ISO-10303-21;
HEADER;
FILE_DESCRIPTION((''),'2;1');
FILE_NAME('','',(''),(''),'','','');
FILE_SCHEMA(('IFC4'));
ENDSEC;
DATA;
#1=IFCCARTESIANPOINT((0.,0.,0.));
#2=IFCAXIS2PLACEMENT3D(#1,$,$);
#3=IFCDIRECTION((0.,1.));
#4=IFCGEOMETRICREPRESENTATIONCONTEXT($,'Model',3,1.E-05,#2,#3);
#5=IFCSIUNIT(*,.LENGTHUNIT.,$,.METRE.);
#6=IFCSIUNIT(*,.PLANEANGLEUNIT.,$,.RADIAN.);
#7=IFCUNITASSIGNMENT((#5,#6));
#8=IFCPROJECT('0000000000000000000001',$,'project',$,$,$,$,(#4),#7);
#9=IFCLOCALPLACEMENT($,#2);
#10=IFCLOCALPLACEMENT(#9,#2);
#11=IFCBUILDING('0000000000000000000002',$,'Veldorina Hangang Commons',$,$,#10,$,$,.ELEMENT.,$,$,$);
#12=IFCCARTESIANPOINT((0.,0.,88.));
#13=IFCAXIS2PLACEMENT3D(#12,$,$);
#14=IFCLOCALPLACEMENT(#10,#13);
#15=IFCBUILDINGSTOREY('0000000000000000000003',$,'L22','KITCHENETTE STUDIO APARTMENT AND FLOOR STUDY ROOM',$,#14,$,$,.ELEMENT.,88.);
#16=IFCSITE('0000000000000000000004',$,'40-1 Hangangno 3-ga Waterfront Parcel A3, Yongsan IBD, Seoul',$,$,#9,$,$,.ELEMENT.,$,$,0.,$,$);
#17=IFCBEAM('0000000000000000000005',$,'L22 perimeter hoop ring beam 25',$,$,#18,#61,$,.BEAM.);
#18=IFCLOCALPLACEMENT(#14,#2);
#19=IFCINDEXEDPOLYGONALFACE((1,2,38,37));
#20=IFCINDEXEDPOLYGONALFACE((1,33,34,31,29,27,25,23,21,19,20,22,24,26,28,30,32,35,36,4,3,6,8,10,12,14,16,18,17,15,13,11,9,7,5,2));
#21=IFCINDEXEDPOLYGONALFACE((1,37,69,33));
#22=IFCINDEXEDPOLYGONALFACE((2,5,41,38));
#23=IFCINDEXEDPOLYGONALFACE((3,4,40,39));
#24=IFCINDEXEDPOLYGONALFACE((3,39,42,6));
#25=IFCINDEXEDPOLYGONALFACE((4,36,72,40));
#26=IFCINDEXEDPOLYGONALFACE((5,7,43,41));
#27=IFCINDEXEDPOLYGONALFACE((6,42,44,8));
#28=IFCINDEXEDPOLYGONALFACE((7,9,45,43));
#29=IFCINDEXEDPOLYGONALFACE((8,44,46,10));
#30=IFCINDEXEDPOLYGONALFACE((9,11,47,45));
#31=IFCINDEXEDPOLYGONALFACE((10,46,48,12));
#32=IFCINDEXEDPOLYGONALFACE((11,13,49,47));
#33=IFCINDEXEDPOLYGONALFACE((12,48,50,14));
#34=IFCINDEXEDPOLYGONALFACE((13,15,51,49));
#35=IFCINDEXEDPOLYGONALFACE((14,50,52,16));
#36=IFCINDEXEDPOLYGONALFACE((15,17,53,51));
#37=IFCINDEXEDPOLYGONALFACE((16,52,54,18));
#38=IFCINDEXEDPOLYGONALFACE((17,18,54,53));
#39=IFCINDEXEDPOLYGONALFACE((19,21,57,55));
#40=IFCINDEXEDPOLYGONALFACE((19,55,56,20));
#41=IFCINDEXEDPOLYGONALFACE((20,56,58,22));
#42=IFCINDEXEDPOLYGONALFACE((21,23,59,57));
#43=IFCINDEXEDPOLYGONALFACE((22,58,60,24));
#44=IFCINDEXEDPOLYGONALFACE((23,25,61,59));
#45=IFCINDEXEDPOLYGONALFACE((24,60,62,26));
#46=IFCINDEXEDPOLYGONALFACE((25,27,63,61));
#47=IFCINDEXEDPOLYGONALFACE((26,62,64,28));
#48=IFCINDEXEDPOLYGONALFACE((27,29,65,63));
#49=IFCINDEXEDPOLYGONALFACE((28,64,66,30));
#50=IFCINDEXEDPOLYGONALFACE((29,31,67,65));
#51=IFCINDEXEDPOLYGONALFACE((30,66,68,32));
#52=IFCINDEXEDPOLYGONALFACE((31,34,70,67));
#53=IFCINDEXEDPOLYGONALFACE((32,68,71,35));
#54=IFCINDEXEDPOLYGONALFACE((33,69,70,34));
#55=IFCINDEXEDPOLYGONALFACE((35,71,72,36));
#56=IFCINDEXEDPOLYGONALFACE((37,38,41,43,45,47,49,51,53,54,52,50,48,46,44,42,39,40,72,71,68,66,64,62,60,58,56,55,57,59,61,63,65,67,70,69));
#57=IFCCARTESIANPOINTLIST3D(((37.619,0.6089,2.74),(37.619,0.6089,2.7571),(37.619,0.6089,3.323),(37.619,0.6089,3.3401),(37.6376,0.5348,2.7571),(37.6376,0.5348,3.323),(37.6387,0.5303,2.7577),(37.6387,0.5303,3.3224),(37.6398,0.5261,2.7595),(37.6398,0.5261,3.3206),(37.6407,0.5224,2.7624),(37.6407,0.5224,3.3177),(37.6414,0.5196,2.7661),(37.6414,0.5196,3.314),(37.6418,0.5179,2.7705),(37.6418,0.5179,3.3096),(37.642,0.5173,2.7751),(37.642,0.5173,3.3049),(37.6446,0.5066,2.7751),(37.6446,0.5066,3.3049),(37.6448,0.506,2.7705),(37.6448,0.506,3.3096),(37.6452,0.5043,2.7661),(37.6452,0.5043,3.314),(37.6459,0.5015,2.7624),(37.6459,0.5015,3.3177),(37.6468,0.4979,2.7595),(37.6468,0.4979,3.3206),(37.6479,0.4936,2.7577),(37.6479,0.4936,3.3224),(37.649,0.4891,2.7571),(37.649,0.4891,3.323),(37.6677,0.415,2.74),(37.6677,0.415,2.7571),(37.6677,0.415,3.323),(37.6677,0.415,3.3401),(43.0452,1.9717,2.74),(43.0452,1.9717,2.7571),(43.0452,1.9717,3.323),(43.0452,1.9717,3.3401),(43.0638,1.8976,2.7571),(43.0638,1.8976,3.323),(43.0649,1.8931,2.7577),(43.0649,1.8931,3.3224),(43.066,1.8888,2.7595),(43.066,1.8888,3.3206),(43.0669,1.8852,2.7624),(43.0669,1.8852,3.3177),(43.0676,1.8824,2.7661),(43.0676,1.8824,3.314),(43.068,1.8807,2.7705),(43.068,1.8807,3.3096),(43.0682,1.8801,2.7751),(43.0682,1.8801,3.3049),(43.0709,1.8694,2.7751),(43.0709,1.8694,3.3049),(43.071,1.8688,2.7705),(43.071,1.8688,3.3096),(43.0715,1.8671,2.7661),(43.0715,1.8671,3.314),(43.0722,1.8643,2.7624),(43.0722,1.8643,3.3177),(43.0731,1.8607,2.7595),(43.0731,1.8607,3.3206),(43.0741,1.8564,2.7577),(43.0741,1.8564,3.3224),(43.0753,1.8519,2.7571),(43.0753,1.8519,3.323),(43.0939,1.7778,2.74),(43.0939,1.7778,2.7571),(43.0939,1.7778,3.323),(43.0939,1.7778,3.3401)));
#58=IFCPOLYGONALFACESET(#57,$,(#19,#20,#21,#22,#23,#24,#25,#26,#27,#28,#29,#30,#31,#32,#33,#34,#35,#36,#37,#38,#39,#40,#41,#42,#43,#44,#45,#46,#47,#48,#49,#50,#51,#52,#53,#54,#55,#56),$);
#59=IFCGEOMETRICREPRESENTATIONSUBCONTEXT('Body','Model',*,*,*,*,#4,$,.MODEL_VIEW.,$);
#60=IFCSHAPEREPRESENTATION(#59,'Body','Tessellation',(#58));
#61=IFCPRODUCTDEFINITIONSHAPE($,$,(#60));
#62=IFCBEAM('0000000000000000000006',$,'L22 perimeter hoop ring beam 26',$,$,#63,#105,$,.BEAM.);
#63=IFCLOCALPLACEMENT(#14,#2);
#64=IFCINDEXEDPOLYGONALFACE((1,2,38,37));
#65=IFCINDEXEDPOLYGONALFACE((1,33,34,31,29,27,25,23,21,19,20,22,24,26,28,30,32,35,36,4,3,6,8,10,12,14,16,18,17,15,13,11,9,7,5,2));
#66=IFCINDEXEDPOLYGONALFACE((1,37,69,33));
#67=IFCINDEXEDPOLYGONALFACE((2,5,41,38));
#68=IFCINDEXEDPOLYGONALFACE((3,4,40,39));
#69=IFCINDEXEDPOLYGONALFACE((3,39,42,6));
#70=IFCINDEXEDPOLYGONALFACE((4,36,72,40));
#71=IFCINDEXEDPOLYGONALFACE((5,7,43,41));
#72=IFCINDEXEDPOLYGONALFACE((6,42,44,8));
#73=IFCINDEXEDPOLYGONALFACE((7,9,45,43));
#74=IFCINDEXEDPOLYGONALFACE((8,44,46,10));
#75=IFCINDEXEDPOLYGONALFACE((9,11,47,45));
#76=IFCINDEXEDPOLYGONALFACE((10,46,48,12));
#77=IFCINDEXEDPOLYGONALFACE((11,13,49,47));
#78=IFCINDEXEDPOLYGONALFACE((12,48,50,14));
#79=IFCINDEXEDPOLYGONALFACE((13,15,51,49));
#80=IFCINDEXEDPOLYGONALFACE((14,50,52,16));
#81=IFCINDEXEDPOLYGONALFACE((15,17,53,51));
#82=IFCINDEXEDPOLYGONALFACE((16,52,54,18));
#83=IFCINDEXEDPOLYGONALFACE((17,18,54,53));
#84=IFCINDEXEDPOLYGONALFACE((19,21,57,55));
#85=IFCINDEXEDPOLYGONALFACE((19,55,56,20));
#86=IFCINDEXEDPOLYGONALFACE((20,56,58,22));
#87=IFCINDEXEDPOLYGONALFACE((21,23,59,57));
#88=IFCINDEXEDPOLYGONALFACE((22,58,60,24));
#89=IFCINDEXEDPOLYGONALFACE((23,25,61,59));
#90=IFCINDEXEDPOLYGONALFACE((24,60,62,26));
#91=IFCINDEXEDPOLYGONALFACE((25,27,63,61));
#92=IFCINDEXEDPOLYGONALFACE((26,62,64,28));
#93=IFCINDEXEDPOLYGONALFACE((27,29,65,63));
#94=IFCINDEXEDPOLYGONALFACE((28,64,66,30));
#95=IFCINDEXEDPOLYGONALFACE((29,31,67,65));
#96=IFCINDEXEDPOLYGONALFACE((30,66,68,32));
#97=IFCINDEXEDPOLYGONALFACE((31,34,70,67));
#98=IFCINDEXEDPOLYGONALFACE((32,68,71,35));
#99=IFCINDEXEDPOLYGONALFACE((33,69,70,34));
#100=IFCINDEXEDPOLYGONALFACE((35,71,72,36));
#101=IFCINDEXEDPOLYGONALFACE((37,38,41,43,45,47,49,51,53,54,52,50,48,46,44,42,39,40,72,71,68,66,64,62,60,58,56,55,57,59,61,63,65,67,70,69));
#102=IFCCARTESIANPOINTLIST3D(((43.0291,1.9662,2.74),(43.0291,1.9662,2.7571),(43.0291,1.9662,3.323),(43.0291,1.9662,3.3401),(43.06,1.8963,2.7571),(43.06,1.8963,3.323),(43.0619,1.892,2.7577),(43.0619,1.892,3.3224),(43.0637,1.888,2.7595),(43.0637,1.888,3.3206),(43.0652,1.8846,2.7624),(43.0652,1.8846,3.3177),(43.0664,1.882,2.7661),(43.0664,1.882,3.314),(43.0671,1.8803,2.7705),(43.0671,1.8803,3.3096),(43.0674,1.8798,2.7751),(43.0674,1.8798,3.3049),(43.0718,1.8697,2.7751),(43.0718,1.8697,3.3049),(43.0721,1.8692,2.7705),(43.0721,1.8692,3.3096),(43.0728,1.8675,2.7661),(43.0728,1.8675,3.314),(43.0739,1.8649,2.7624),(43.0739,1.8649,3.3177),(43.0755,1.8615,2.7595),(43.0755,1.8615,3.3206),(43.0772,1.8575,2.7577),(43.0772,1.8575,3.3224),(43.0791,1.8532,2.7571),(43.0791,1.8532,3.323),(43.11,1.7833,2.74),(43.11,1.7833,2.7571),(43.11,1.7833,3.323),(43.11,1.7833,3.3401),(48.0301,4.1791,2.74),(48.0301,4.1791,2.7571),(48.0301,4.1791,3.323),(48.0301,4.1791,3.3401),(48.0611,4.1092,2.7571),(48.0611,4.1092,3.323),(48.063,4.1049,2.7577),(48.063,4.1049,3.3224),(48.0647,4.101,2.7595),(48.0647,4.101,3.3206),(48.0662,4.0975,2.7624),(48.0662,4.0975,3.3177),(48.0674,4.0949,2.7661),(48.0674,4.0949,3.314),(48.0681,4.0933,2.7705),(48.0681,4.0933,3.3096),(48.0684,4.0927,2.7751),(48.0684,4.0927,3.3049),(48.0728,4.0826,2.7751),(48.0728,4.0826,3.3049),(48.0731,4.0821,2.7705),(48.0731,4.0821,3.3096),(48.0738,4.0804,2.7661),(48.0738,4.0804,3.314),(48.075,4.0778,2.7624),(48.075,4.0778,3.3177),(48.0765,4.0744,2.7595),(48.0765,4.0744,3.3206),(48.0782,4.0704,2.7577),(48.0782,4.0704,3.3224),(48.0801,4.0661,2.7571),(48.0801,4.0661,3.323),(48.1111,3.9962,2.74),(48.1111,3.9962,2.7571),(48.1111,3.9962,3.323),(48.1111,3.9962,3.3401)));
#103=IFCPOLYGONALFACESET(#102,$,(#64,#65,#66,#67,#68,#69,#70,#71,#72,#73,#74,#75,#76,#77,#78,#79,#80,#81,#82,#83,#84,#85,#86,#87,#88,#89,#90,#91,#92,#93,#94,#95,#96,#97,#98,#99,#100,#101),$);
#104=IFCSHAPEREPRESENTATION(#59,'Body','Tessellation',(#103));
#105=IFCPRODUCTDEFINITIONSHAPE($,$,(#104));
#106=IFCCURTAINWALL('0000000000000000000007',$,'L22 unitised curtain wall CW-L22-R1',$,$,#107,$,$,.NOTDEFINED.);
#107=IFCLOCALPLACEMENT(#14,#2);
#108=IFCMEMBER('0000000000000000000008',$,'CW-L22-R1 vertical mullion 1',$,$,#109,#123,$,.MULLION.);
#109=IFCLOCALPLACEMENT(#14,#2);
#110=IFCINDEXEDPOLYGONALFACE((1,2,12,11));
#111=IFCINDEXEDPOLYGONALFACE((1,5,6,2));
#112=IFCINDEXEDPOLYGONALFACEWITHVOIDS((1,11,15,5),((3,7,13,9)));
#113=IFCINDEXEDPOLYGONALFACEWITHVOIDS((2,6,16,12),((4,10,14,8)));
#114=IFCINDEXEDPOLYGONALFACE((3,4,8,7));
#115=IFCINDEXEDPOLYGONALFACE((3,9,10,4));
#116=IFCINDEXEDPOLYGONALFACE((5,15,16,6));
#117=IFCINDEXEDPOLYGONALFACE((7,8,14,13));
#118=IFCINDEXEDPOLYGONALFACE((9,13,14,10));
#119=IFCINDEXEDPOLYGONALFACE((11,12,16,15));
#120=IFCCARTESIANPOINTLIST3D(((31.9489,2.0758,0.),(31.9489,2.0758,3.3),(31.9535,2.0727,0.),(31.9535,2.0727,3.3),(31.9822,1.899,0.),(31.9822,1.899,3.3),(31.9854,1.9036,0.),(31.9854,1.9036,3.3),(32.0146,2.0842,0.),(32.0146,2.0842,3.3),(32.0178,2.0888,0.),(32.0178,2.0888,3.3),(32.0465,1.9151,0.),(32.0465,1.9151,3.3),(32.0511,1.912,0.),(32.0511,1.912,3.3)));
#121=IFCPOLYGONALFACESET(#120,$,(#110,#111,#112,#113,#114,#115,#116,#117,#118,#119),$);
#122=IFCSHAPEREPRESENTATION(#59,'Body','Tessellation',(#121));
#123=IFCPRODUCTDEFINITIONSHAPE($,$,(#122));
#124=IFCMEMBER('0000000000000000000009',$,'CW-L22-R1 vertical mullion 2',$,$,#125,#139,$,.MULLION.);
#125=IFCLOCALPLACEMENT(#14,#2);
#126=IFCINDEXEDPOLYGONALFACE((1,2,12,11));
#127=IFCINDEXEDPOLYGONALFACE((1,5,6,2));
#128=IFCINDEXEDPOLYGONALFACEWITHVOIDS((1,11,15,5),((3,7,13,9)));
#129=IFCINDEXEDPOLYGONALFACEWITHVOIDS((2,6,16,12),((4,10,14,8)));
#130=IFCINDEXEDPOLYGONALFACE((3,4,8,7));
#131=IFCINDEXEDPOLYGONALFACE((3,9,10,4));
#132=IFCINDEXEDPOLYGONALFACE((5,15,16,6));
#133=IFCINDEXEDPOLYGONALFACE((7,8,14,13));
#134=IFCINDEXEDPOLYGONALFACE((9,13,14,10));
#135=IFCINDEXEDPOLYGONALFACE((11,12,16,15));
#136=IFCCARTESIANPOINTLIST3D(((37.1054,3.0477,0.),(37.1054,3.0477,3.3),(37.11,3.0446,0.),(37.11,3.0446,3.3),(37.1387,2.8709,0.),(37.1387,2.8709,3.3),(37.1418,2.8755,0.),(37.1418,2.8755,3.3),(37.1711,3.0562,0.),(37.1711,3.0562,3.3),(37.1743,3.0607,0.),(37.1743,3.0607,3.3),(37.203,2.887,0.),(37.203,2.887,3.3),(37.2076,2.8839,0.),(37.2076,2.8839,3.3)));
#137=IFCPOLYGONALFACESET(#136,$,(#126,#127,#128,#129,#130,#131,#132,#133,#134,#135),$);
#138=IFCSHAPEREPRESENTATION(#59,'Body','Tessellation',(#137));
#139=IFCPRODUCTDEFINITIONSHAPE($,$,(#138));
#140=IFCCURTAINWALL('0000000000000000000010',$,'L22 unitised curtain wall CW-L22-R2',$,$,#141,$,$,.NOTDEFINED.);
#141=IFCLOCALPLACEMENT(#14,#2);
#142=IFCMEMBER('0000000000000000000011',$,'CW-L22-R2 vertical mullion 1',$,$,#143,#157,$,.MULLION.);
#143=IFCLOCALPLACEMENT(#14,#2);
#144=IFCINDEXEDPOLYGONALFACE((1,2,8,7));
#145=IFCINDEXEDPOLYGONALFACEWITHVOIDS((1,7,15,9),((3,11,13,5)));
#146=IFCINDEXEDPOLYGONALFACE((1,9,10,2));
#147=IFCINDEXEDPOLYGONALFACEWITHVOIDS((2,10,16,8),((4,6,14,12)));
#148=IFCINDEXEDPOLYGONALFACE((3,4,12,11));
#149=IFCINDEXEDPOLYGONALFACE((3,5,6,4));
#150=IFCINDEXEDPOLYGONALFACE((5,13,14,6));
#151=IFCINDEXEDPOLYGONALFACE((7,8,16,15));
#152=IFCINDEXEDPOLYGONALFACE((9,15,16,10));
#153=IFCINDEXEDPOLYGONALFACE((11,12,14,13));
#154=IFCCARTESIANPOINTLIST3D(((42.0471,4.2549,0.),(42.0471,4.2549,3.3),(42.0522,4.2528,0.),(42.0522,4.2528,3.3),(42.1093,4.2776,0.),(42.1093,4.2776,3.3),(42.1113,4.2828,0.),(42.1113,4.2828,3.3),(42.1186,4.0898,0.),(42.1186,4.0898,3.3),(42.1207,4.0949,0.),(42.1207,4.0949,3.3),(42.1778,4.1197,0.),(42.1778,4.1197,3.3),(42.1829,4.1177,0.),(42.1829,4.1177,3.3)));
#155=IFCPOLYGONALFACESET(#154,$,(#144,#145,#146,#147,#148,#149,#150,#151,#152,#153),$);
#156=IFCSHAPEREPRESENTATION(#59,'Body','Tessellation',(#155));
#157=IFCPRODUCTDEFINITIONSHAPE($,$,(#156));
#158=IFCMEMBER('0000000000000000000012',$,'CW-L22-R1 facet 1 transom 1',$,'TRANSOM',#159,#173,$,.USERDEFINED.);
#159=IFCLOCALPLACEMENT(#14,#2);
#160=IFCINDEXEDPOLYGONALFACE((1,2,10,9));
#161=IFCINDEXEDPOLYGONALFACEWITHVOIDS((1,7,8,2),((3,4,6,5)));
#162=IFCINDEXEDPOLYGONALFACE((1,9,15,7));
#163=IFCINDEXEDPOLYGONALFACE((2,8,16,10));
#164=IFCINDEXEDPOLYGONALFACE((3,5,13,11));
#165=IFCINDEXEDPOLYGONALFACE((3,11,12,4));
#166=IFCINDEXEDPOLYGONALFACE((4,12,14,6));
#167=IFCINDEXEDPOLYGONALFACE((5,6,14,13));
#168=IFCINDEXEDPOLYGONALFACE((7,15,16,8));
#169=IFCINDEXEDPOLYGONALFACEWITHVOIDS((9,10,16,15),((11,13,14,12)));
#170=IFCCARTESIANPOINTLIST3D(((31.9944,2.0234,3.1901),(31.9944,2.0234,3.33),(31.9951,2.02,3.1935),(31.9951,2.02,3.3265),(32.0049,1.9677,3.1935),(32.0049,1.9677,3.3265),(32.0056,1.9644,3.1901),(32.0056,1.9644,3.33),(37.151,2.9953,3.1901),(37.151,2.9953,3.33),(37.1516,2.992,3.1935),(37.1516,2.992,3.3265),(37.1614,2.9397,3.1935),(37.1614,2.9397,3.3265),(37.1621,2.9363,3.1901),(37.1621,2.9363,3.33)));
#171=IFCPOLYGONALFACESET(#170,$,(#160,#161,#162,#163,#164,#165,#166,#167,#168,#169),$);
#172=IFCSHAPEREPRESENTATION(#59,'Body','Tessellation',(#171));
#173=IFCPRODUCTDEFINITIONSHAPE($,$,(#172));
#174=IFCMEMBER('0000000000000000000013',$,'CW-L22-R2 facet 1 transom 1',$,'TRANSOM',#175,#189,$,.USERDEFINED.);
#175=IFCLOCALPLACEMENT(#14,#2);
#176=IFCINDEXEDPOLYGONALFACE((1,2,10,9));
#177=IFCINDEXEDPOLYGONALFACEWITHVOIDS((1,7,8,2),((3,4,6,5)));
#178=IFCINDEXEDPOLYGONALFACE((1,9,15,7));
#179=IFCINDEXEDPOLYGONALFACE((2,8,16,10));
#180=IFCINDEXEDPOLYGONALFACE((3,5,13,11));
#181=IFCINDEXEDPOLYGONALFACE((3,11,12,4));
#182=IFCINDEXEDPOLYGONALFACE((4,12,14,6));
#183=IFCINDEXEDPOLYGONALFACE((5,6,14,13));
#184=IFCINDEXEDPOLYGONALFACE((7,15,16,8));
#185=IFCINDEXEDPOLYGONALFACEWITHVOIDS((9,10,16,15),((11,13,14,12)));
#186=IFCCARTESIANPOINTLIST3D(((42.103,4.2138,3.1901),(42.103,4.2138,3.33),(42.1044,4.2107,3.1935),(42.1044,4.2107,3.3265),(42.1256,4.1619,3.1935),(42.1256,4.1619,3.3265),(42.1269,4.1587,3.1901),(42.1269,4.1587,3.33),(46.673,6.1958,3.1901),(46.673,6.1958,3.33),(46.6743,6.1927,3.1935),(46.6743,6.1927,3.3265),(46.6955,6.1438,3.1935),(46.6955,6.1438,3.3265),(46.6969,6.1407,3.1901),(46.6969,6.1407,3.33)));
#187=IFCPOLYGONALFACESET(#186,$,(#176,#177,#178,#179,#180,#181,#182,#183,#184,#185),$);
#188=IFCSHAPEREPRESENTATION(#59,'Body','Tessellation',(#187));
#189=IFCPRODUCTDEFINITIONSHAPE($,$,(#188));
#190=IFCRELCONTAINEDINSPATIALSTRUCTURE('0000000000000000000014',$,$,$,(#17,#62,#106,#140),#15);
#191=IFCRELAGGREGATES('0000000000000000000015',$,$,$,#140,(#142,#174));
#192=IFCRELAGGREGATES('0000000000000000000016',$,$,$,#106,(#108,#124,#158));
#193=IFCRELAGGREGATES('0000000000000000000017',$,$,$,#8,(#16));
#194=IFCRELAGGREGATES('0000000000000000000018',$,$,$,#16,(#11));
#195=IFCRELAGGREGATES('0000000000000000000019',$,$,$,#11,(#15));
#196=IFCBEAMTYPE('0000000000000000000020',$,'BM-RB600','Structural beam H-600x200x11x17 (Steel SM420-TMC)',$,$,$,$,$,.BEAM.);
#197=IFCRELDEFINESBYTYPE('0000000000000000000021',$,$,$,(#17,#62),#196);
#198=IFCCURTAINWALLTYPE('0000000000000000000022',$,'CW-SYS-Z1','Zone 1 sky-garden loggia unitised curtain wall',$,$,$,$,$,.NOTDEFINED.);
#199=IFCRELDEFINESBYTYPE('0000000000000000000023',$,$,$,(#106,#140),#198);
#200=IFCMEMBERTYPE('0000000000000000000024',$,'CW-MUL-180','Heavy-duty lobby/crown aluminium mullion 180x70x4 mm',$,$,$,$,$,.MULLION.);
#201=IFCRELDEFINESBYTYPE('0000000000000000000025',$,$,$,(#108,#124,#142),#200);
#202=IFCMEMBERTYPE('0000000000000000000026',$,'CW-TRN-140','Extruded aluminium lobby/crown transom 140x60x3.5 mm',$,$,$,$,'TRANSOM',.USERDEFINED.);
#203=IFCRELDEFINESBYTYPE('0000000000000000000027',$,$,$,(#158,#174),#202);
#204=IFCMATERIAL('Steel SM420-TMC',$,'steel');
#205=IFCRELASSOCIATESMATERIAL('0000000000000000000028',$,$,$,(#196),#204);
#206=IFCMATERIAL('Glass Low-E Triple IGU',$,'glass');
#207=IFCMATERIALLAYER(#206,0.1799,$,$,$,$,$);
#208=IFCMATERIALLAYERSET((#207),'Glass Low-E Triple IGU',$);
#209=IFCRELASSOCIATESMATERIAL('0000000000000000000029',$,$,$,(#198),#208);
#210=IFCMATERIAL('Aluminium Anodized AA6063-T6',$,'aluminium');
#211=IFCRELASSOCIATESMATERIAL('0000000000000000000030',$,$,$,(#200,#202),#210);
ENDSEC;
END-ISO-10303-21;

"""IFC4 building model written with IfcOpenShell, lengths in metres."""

from ifc_helpers import new_model, si_unit, direction, frame, origin, origin_2d, place, context, subcontext, project, spatial, hollow_rectangle, i_section, extrude, material, layer, layer_set, material_profile, profile_set, type_object, element, aggregate, save


model = new_model("IFC4")

# Units and contexts
model_context = context("Model", 3, precision=1e-05, world=origin(), true_north=direction((0.0, 1.0)))
body_context = subcontext(model_context, "Body", "Model", "MODEL_VIEW")
ifc_project = project(units=[si_unit("LENGTHUNIT", "METRE"), si_unit("PLANEANGLEUNIT", "RADIAN")], contexts=[model_context])

# Site, building, storey
site_placement = place(None, origin())
site = spatial("IfcSite", under=ifc_project, at=site_placement, Name="40-1 Hangangno 3-ga Waterfront Parcel A3, Yongsan IBD, Seoul", CompositionType="ELEMENT", RefElevation=0.0)
building_placement = place(site_placement, origin())
building = spatial("IfcBuilding", under=site, at=building_placement, Name="Veldorina Hangang Commons", CompositionType="ELEMENT")
storey_placement = place(building_placement, frame((0.0, 0.0, 88.0)))
storey = spatial("IfcBuildingStorey", under=building, at=storey_placement, Name="L22", Description="KITCHENETTE STUDIO APARTMENT AND FLOOR STUDY ROOM", CompositionType="ELEMENT", Elevation=88.0)

# Beams
ifc_material_1 = material(Name="Steel SM420-TMC", Category="steel")
ifc_material_profile_1 = material_profile(ifc_material_1, i_section(OverallWidth=0.2, OverallDepth=0.6001, WebThickness=0.011, FlangeThickness=0.0171, FilletRadius=0.0181, at=origin_2d()), Name="H-600x200x11x17")
ifc_profile_set_1 = profile_set([ifc_material_profile_1], Name="Steel SM420-TMC")
beam_type = type_object("IfcBeamType", Name="BM-RB600", Description="Structural beam H-600x200x11x17 (Steel SM420-TMC)", PredefinedType="BEAM", material=ifc_profile_set_1)
beam_1_placement = place(storey_placement, frame((37.6433, 0.512, 3.04), z_axis=(0.96988, 0.243583, 0.0), x_axis=(-0.243583, 0.96988, 0.0)))
element("IfcBeam", 1, at=beam_1_placement, inside=storey, type_object=beam_type, Name="L22 perimeter hoop ring beam 25", PredefinedType="BEAM", context=body_context, shape_type="SweptSolid", body=[
    extrude(i_section(OverallWidth=0.2, OverallDepth=0.6001, WebThickness=0.011, FlangeThickness=0.0171, FilletRadius=0.0181, at=origin_2d()), origin(), (0.0, 0.0, 1.0), 5.5947),
])
beam_2_placement = place(storey_placement, frame((43.0696, 1.8748, 3.04), z_axis=(0.914473, 0.404647, 0.0), x_axis=(-0.404647, 0.914473, 0.0)))
element("IfcBeam", 2, at=beam_2_placement, inside=storey, type_object=beam_type, Name="L22 perimeter hoop ring beam 26", PredefinedType="BEAM", context=body_context, shape_type="SweptSolid", body=[
    extrude(i_section(OverallWidth=0.2, OverallDepth=0.6001, WebThickness=0.011, FlangeThickness=0.0171, FilletRadius=0.0181, at=origin_2d()), origin(), (0.0, 0.0, 1.0), 5.4688),
])

# Curtain wall, members
ifc_material_2 = material(Name="Glass Low-E Triple IGU", Category="glass")
ifc_layer_1 = layer(ifc_material_2, 0.1799)
ifc_layer_set_1 = layer_set([ifc_layer_1], Name="Glass Low-E Triple IGU")
curtain_wall_type = type_object("IfcCurtainWallType", Name="CW-SYS-Z1", Description="Zone 1 sky-garden loggia unitised curtain wall", PredefinedType="NOTDEFINED", material=ifc_layer_set_1)
curtain_wall_1_placement = place(storey_placement, origin())
curtain_wall_1 = element("IfcCurtainWall", 3, at=curtain_wall_1_placement, inside=storey, type_object=curtain_wall_type, Name="L22 unitised curtain wall CW-L22-R1", PredefinedType="NOTDEFINED")
ifc_material_3 = material(Name="Aluminium Anodized AA6063-T6", Category="aluminium")
ifc_material_profile_2 = material_profile(ifc_material_3, hollow_rectangle(XDim=0.0701, YDim=0.1799, WallThickness=0.0039, at=origin_2d()), Name="ALU-RHS-180x70x4")
ifc_profile_set_2 = profile_set([ifc_material_profile_2], Name="Aluminium Anodized AA6063-T6")
member_type_1 = type_object("IfcMemberType", Name="CW-MUL-180", Description="Heavy-duty lobby/crown aluminium mullion 180x70x4 mm", PredefinedType="MULLION", material=ifc_profile_set_2)
member_1_placement = place(storey_placement, frame((32.0, 1.9939, 0.0), z_axis=(0.0, 0.0, 1.0), x_axis=(0.98269, 0.185255, 0.0)))
member_1 = element("IfcMember", 4, at=member_1_placement, type_object=member_type_1, Name="CW-L22-R1 vertical mullion 1", PredefinedType="MULLION", context=body_context, shape_type="SweptSolid", body=[
    extrude(hollow_rectangle(XDim=0.0701, YDim=0.1799, WallThickness=0.0039, at=origin_2d()), origin(), (0.0, 0.0, 1.0), 3.3),
])
member_2_placement = place(storey_placement, frame((37.1565, 2.9658, 0.0), z_axis=(0.0, 0.0, 1.0), x_axis=(-0.98269, -0.185255, 0.0)))
member_2 = element("IfcMember", 5, at=member_2_placement, type_object=member_type_1, Name="CW-L22-R1 vertical mullion 2", PredefinedType="MULLION", context=body_context, shape_type="SweptSolid", body=[
    extrude(hollow_rectangle(XDim=0.0701, YDim=0.1799, WallThickness=0.0039, at=origin_2d()), origin(), (0.0, 0.0, 1.0), 3.3),
])

# Curtain wall, member
curtain_wall_2_placement = place(storey_placement, origin())
curtain_wall_2 = element("IfcCurtainWall", 6, at=curtain_wall_2_placement, inside=storey, type_object=curtain_wall_type, Name="L22 unitised curtain wall CW-L22-R2", PredefinedType="NOTDEFINED")
member_3_placement = place(storey_placement, frame((42.115, 4.1863, 0.0), z_axis=(0.0, 0.0, 1.0), x_axis=(0.917435, 0.397885, 0.0)))
member_3 = element("IfcMember", 7, at=member_3_placement, type_object=member_type_1, Name="CW-L22-R2 vertical mullion 1", PredefinedType="MULLION", context=body_context, shape_type="SweptSolid", body=[
    extrude(hollow_rectangle(XDim=0.0701, YDim=0.1799, WallThickness=0.0039, at=origin_2d()), origin(), (0.0, 0.0, 1.0), 3.3),
])

# Members
ifc_material_profile_3 = material_profile(ifc_material_3, hollow_rectangle(XDim=0.0601, YDim=0.1399, WallThickness=0.0034, at=origin_2d()), Name="ALU-RHS-140x60x3.5")
ifc_profile_set_3 = profile_set([ifc_material_profile_3], Name="Aluminium Anodized AA6063-T6")
member_type_2 = type_object("IfcMemberType", Name="CW-TRN-140", Description="Extruded aluminium lobby/crown transom 140x60x3.5 mm", ElementType="TRANSOM", PredefinedType="USERDEFINED", material=ifc_profile_set_3)
member_4_placement = place(storey_placement, frame((32.0, 1.9939, 3.26), z_axis=(0.982696, 0.185224, 0.0), x_axis=(-0.185224, 0.982696, 0.0)))
member_4 = element("IfcMember", 8, at=member_4_placement, type_object=member_type_2, Name="CW-L22-R1 facet 1 transom 1", ObjectType="TRANSOM", PredefinedType="USERDEFINED", context=body_context, shape_type="SweptSolid", body=[
    extrude(hollow_rectangle(XDim=0.0601, YDim=0.1399, WallThickness=0.0034, at=origin_2d()), origin(), (0.0, 0.0, 1.0), 5.2473),
])
member_5_placement = place(storey_placement, frame((42.115, 4.1863, 3.26), z_axis=(0.917433, 0.397891, 0.0), x_axis=(-0.397891, 0.917433, 0.0)))
member_5 = element("IfcMember", 9, at=member_5_placement, type_object=member_type_2, Name="CW-L22-R2 facet 1 transom 1", ObjectType="TRANSOM", PredefinedType="USERDEFINED", context=body_context, shape_type="SweptSolid", body=[
    extrude(hollow_rectangle(XDim=0.0601, YDim=0.1399, WallThickness=0.0034, at=origin_2d()), origin(), (0.0, 0.0, 1.0), 4.9812),
])
aggregate(curtain_wall_2, [member_3, member_5])

aggregate(curtain_wall_1, [member_1, member_2, member_4])

save(model, "model.ifc")
